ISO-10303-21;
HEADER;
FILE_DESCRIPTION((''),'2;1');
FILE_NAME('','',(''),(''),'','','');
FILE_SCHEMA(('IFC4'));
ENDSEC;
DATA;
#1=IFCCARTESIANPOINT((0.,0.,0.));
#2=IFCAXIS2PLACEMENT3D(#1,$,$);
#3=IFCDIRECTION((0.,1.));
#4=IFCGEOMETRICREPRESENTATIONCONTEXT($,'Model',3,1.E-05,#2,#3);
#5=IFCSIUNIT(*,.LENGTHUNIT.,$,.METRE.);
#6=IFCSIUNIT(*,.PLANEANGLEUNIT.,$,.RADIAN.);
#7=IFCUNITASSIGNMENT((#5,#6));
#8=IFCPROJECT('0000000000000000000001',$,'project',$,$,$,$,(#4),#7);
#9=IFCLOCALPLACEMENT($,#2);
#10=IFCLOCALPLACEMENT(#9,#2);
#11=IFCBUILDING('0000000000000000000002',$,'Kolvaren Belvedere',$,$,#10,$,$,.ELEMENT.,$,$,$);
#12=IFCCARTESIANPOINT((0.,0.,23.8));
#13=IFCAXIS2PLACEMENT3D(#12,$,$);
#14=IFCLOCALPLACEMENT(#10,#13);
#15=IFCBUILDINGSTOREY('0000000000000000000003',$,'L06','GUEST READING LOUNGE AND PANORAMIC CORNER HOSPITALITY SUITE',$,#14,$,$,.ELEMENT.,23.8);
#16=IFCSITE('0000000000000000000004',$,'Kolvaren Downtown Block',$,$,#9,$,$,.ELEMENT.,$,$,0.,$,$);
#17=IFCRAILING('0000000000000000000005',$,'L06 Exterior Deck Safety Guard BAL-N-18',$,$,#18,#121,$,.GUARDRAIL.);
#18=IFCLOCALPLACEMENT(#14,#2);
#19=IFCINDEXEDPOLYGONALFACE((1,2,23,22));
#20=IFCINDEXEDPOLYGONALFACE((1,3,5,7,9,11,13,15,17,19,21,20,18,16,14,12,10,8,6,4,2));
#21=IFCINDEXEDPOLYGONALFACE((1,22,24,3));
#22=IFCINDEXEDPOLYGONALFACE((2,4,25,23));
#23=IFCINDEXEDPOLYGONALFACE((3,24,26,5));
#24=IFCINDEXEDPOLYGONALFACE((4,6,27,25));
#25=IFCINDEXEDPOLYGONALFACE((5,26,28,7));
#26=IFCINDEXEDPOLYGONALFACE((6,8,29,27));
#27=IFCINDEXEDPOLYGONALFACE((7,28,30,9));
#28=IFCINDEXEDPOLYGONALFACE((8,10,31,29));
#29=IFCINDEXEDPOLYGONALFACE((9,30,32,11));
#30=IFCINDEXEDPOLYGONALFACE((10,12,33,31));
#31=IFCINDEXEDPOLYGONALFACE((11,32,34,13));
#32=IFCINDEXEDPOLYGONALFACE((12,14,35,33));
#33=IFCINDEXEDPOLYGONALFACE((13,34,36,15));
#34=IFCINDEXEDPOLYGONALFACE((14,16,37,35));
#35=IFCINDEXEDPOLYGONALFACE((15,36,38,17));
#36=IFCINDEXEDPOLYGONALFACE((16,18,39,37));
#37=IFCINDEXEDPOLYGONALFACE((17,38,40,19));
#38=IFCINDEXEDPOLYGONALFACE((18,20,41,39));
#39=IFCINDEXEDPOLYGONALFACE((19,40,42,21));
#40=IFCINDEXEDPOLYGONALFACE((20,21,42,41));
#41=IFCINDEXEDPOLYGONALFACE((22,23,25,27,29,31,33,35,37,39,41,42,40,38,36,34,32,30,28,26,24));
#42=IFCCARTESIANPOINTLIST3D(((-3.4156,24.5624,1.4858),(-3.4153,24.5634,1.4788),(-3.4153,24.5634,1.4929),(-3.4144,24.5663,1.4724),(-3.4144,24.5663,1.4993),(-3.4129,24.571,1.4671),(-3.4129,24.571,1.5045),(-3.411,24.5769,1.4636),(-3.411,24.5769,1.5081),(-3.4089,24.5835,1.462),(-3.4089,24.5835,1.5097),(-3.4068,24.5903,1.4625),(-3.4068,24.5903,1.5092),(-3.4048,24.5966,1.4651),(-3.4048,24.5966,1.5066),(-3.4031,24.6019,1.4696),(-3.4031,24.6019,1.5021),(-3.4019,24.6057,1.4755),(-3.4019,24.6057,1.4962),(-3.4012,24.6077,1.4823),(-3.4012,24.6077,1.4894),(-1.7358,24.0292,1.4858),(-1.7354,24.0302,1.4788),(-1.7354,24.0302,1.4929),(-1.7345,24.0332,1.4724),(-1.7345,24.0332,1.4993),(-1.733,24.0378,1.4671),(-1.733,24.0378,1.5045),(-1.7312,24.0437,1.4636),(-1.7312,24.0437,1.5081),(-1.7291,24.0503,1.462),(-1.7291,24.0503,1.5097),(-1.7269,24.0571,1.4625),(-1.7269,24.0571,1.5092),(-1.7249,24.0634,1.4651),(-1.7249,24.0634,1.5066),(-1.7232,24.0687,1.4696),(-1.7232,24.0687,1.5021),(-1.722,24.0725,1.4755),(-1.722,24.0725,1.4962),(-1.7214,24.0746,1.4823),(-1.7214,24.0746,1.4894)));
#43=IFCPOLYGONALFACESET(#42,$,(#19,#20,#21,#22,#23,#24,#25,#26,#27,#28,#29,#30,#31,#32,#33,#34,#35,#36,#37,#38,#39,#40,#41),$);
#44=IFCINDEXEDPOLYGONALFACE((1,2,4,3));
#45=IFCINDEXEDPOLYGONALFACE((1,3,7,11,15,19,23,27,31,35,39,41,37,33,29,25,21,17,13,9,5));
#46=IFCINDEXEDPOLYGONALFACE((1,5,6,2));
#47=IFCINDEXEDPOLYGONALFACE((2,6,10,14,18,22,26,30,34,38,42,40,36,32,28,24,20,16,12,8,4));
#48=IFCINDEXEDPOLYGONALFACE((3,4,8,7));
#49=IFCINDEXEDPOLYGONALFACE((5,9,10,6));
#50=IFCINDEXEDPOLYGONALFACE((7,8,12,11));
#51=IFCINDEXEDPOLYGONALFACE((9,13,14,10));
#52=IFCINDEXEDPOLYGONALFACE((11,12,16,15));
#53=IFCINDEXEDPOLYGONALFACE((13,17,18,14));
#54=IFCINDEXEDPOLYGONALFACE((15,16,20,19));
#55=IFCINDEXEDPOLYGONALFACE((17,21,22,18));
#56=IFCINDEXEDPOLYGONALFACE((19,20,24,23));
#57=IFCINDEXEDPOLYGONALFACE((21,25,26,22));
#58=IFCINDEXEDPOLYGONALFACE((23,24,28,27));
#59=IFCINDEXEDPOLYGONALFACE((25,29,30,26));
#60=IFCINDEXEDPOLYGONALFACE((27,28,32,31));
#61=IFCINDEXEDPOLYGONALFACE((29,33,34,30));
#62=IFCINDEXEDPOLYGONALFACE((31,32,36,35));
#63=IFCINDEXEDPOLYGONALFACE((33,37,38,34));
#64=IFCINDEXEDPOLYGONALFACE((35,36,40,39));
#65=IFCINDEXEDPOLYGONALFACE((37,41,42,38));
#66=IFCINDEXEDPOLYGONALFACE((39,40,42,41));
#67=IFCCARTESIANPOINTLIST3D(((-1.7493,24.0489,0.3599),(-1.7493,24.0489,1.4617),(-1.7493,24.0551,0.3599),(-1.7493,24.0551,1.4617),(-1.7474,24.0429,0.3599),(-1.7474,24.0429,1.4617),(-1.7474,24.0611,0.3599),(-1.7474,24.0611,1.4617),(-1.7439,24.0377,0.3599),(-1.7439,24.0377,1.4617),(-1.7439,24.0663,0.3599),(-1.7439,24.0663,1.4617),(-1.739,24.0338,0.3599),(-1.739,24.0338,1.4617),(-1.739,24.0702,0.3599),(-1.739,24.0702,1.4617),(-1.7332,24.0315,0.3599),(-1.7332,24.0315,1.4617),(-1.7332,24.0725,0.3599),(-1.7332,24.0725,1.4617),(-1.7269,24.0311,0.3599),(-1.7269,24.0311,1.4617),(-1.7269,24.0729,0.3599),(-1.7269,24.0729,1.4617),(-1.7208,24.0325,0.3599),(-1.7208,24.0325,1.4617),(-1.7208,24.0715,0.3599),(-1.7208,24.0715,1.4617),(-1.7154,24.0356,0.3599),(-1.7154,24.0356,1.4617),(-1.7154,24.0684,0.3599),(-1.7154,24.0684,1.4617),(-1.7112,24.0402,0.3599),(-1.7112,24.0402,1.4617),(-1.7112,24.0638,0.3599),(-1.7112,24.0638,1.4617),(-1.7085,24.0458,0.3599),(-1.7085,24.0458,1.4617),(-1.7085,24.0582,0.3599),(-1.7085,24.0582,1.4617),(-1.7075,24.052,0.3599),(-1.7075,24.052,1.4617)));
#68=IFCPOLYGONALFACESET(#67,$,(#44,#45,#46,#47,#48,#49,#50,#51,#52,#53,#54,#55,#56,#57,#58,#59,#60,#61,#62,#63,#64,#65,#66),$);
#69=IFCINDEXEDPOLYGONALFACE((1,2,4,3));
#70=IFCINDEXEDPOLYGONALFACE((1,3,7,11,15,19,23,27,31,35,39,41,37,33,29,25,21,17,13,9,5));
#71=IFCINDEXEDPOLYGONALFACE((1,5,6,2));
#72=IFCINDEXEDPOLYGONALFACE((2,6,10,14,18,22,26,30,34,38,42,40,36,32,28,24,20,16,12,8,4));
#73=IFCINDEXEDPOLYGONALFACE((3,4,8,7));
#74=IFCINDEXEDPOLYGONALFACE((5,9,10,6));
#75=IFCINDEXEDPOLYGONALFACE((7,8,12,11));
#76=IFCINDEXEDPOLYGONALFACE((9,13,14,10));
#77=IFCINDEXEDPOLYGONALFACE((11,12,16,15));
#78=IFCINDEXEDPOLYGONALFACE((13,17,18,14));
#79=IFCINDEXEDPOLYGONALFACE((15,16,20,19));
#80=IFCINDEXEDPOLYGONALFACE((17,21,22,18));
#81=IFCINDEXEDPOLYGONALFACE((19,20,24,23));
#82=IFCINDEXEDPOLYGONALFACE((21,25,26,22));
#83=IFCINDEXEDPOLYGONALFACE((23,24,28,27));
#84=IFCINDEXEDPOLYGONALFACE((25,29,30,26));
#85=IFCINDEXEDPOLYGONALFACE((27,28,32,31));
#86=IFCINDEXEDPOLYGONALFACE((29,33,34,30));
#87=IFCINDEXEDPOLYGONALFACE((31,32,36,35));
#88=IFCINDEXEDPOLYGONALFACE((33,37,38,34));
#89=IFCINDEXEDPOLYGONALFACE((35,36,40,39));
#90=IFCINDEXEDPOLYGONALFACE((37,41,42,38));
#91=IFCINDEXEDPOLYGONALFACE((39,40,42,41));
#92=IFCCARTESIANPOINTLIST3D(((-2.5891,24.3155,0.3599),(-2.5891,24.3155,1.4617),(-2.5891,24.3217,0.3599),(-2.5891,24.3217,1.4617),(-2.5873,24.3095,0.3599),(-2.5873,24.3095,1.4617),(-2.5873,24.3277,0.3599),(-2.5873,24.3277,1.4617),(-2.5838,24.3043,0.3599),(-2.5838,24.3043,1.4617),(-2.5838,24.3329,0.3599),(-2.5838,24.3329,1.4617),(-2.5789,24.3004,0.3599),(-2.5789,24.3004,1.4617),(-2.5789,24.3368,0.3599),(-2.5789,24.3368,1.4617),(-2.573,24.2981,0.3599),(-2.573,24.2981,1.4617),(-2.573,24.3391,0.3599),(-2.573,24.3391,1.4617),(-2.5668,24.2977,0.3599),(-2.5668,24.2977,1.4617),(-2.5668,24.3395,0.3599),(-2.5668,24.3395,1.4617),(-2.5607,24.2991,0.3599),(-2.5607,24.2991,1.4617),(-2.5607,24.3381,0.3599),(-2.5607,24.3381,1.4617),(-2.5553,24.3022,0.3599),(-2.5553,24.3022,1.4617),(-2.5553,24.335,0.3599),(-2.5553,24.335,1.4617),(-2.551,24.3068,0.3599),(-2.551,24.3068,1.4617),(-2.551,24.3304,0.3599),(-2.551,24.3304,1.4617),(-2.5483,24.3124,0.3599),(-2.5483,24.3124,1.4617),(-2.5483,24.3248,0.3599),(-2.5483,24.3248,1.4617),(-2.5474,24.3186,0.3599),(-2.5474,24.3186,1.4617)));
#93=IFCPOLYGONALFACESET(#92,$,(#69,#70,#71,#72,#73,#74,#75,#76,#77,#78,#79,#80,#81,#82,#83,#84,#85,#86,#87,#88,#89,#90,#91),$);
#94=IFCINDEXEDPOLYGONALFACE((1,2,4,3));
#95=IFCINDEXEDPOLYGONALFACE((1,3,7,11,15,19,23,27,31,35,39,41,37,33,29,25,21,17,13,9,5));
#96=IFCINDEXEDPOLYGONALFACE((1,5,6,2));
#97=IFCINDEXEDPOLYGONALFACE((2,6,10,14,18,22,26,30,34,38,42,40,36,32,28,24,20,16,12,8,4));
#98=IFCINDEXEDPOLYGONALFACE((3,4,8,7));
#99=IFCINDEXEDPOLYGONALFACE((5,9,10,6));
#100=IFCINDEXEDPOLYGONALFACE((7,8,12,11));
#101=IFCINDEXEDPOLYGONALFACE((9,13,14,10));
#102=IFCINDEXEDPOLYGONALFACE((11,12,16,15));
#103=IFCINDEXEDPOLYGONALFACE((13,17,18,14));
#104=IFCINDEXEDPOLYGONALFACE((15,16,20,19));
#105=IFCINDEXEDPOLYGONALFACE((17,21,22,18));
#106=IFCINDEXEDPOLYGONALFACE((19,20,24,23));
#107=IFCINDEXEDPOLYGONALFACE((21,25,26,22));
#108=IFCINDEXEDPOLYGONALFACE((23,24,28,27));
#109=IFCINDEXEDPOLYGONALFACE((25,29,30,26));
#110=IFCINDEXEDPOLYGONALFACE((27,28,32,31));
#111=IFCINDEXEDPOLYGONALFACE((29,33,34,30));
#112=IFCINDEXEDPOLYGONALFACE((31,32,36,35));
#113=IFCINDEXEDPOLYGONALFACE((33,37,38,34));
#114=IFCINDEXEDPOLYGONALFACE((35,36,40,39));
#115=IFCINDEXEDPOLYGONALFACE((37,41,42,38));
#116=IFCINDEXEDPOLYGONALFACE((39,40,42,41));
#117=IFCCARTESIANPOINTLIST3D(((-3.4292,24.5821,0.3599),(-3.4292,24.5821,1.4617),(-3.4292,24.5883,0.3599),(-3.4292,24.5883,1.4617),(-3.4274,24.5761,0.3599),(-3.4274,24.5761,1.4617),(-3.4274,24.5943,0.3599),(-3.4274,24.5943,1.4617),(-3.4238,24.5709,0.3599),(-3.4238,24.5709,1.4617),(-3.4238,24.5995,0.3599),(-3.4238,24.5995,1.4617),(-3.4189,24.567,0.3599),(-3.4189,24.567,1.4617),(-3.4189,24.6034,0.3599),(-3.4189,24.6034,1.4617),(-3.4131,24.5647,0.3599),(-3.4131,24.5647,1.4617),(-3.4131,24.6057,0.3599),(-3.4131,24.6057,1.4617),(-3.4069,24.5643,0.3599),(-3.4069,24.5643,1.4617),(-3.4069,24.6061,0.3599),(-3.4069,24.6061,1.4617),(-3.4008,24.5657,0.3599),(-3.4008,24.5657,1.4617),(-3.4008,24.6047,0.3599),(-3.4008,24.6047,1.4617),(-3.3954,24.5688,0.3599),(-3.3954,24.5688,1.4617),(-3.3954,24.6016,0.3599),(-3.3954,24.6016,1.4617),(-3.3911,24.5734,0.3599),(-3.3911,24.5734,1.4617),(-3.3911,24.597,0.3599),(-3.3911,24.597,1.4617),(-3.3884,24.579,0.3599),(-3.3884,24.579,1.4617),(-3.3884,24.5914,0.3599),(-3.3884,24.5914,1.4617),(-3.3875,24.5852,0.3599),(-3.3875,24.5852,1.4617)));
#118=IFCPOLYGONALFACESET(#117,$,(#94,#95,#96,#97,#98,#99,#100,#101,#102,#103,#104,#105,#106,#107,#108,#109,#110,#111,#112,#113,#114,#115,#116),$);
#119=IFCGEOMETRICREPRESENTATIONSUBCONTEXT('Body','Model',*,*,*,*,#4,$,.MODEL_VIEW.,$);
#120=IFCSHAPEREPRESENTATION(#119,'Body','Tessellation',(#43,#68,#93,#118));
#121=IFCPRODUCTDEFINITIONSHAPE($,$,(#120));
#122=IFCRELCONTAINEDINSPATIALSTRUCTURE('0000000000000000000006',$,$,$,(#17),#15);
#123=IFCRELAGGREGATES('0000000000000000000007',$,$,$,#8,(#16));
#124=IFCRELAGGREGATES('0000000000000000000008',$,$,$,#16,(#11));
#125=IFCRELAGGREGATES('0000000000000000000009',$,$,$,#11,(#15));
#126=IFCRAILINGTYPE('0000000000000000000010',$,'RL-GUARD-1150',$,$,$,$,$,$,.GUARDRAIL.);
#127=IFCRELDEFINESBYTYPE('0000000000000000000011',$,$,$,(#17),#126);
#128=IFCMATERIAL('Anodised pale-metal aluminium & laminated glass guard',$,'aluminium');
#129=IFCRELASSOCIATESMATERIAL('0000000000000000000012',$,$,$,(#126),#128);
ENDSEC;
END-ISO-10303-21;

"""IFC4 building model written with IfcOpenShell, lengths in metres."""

from ifc_helpers import new_model, si_unit, direction, frame, origin, origin_2d, place, context, subcontext, project, spatial, circle, extrude, material, type_object, element, save


model = new_model("IFC4")

# Units and contexts
model_context = context("Model", 3, precision=1e-05, world=origin(), true_north=direction((0.0, 1.0)))
body_context = subcontext(model_context, "Body", "Model", "MODEL_VIEW")
ifc_project = project(units=[si_unit("LENGTHUNIT", "METRE"), si_unit("PLANEANGLEUNIT", "RADIAN")], contexts=[model_context])

# Site, building, storey
site_placement = place(None, origin())
site = spatial("IfcSite", under=ifc_project, at=site_placement, Name="Kolvaren Downtown Block", CompositionType="ELEMENT", RefElevation=0.0)
building_placement = place(site_placement, origin())
building = spatial("IfcBuilding", under=site, at=building_placement, Name="Kolvaren Belvedere", CompositionType="ELEMENT")
storey_placement = place(building_placement, frame((0.0, 0.0, 23.8)))
storey = spatial("IfcBuildingStorey", under=building, at=storey_placement, Name="L06", Description="GUEST READING LOUNGE AND PANORAMIC CORNER HOSPITALITY SUITE", CompositionType="ELEMENT", Elevation=23.8)

# Railing
ifc_material_1 = material(Name="Anodised pale-metal aluminium & laminated glass guard", Category="aluminium")
railing_type = type_object("IfcRailingType", Name="RL-GUARD-1150", PredefinedType="GUARDRAIL", material=ifc_material_1)
railing_1_placement = place(storey_placement, frame((-1.7285, 24.052, 0.3599)))
element("IfcRailing", 1, at=railing_1_placement, inside=storey, type_object=railing_type, Name="L06 Exterior Deck Safety Guard BAL-N-18", PredefinedType="GUARDRAIL", context=body_context, shape_type="SweptSolid", body=[
    extrude(circle(Radius=0.0239, at=origin_2d()), frame((0.0, 0.0, 1.126), z_axis=(-0.953142, 0.302523, 0.0), x_axis=(-0.302523, -0.953142, 0.0)), (0.0, 0.0, 1.0), 1.7625),
    extrude(circle(Radius=0.021, at=origin_2d()), origin(), (0.0, 0.0, 1.0), 1.1018),
    extrude(circle(Radius=0.021, at=origin_2d()), frame((-0.8398, 0.2666, 0.0)), (0.0, 0.0, 1.0), 1.1018),
    extrude(circle(Radius=0.021, at=origin_2d()), frame((-1.6799, 0.5332, 0.0)), (0.0, 0.0, 1.0), 1.1018),
])

save(model, "model.ifc")
